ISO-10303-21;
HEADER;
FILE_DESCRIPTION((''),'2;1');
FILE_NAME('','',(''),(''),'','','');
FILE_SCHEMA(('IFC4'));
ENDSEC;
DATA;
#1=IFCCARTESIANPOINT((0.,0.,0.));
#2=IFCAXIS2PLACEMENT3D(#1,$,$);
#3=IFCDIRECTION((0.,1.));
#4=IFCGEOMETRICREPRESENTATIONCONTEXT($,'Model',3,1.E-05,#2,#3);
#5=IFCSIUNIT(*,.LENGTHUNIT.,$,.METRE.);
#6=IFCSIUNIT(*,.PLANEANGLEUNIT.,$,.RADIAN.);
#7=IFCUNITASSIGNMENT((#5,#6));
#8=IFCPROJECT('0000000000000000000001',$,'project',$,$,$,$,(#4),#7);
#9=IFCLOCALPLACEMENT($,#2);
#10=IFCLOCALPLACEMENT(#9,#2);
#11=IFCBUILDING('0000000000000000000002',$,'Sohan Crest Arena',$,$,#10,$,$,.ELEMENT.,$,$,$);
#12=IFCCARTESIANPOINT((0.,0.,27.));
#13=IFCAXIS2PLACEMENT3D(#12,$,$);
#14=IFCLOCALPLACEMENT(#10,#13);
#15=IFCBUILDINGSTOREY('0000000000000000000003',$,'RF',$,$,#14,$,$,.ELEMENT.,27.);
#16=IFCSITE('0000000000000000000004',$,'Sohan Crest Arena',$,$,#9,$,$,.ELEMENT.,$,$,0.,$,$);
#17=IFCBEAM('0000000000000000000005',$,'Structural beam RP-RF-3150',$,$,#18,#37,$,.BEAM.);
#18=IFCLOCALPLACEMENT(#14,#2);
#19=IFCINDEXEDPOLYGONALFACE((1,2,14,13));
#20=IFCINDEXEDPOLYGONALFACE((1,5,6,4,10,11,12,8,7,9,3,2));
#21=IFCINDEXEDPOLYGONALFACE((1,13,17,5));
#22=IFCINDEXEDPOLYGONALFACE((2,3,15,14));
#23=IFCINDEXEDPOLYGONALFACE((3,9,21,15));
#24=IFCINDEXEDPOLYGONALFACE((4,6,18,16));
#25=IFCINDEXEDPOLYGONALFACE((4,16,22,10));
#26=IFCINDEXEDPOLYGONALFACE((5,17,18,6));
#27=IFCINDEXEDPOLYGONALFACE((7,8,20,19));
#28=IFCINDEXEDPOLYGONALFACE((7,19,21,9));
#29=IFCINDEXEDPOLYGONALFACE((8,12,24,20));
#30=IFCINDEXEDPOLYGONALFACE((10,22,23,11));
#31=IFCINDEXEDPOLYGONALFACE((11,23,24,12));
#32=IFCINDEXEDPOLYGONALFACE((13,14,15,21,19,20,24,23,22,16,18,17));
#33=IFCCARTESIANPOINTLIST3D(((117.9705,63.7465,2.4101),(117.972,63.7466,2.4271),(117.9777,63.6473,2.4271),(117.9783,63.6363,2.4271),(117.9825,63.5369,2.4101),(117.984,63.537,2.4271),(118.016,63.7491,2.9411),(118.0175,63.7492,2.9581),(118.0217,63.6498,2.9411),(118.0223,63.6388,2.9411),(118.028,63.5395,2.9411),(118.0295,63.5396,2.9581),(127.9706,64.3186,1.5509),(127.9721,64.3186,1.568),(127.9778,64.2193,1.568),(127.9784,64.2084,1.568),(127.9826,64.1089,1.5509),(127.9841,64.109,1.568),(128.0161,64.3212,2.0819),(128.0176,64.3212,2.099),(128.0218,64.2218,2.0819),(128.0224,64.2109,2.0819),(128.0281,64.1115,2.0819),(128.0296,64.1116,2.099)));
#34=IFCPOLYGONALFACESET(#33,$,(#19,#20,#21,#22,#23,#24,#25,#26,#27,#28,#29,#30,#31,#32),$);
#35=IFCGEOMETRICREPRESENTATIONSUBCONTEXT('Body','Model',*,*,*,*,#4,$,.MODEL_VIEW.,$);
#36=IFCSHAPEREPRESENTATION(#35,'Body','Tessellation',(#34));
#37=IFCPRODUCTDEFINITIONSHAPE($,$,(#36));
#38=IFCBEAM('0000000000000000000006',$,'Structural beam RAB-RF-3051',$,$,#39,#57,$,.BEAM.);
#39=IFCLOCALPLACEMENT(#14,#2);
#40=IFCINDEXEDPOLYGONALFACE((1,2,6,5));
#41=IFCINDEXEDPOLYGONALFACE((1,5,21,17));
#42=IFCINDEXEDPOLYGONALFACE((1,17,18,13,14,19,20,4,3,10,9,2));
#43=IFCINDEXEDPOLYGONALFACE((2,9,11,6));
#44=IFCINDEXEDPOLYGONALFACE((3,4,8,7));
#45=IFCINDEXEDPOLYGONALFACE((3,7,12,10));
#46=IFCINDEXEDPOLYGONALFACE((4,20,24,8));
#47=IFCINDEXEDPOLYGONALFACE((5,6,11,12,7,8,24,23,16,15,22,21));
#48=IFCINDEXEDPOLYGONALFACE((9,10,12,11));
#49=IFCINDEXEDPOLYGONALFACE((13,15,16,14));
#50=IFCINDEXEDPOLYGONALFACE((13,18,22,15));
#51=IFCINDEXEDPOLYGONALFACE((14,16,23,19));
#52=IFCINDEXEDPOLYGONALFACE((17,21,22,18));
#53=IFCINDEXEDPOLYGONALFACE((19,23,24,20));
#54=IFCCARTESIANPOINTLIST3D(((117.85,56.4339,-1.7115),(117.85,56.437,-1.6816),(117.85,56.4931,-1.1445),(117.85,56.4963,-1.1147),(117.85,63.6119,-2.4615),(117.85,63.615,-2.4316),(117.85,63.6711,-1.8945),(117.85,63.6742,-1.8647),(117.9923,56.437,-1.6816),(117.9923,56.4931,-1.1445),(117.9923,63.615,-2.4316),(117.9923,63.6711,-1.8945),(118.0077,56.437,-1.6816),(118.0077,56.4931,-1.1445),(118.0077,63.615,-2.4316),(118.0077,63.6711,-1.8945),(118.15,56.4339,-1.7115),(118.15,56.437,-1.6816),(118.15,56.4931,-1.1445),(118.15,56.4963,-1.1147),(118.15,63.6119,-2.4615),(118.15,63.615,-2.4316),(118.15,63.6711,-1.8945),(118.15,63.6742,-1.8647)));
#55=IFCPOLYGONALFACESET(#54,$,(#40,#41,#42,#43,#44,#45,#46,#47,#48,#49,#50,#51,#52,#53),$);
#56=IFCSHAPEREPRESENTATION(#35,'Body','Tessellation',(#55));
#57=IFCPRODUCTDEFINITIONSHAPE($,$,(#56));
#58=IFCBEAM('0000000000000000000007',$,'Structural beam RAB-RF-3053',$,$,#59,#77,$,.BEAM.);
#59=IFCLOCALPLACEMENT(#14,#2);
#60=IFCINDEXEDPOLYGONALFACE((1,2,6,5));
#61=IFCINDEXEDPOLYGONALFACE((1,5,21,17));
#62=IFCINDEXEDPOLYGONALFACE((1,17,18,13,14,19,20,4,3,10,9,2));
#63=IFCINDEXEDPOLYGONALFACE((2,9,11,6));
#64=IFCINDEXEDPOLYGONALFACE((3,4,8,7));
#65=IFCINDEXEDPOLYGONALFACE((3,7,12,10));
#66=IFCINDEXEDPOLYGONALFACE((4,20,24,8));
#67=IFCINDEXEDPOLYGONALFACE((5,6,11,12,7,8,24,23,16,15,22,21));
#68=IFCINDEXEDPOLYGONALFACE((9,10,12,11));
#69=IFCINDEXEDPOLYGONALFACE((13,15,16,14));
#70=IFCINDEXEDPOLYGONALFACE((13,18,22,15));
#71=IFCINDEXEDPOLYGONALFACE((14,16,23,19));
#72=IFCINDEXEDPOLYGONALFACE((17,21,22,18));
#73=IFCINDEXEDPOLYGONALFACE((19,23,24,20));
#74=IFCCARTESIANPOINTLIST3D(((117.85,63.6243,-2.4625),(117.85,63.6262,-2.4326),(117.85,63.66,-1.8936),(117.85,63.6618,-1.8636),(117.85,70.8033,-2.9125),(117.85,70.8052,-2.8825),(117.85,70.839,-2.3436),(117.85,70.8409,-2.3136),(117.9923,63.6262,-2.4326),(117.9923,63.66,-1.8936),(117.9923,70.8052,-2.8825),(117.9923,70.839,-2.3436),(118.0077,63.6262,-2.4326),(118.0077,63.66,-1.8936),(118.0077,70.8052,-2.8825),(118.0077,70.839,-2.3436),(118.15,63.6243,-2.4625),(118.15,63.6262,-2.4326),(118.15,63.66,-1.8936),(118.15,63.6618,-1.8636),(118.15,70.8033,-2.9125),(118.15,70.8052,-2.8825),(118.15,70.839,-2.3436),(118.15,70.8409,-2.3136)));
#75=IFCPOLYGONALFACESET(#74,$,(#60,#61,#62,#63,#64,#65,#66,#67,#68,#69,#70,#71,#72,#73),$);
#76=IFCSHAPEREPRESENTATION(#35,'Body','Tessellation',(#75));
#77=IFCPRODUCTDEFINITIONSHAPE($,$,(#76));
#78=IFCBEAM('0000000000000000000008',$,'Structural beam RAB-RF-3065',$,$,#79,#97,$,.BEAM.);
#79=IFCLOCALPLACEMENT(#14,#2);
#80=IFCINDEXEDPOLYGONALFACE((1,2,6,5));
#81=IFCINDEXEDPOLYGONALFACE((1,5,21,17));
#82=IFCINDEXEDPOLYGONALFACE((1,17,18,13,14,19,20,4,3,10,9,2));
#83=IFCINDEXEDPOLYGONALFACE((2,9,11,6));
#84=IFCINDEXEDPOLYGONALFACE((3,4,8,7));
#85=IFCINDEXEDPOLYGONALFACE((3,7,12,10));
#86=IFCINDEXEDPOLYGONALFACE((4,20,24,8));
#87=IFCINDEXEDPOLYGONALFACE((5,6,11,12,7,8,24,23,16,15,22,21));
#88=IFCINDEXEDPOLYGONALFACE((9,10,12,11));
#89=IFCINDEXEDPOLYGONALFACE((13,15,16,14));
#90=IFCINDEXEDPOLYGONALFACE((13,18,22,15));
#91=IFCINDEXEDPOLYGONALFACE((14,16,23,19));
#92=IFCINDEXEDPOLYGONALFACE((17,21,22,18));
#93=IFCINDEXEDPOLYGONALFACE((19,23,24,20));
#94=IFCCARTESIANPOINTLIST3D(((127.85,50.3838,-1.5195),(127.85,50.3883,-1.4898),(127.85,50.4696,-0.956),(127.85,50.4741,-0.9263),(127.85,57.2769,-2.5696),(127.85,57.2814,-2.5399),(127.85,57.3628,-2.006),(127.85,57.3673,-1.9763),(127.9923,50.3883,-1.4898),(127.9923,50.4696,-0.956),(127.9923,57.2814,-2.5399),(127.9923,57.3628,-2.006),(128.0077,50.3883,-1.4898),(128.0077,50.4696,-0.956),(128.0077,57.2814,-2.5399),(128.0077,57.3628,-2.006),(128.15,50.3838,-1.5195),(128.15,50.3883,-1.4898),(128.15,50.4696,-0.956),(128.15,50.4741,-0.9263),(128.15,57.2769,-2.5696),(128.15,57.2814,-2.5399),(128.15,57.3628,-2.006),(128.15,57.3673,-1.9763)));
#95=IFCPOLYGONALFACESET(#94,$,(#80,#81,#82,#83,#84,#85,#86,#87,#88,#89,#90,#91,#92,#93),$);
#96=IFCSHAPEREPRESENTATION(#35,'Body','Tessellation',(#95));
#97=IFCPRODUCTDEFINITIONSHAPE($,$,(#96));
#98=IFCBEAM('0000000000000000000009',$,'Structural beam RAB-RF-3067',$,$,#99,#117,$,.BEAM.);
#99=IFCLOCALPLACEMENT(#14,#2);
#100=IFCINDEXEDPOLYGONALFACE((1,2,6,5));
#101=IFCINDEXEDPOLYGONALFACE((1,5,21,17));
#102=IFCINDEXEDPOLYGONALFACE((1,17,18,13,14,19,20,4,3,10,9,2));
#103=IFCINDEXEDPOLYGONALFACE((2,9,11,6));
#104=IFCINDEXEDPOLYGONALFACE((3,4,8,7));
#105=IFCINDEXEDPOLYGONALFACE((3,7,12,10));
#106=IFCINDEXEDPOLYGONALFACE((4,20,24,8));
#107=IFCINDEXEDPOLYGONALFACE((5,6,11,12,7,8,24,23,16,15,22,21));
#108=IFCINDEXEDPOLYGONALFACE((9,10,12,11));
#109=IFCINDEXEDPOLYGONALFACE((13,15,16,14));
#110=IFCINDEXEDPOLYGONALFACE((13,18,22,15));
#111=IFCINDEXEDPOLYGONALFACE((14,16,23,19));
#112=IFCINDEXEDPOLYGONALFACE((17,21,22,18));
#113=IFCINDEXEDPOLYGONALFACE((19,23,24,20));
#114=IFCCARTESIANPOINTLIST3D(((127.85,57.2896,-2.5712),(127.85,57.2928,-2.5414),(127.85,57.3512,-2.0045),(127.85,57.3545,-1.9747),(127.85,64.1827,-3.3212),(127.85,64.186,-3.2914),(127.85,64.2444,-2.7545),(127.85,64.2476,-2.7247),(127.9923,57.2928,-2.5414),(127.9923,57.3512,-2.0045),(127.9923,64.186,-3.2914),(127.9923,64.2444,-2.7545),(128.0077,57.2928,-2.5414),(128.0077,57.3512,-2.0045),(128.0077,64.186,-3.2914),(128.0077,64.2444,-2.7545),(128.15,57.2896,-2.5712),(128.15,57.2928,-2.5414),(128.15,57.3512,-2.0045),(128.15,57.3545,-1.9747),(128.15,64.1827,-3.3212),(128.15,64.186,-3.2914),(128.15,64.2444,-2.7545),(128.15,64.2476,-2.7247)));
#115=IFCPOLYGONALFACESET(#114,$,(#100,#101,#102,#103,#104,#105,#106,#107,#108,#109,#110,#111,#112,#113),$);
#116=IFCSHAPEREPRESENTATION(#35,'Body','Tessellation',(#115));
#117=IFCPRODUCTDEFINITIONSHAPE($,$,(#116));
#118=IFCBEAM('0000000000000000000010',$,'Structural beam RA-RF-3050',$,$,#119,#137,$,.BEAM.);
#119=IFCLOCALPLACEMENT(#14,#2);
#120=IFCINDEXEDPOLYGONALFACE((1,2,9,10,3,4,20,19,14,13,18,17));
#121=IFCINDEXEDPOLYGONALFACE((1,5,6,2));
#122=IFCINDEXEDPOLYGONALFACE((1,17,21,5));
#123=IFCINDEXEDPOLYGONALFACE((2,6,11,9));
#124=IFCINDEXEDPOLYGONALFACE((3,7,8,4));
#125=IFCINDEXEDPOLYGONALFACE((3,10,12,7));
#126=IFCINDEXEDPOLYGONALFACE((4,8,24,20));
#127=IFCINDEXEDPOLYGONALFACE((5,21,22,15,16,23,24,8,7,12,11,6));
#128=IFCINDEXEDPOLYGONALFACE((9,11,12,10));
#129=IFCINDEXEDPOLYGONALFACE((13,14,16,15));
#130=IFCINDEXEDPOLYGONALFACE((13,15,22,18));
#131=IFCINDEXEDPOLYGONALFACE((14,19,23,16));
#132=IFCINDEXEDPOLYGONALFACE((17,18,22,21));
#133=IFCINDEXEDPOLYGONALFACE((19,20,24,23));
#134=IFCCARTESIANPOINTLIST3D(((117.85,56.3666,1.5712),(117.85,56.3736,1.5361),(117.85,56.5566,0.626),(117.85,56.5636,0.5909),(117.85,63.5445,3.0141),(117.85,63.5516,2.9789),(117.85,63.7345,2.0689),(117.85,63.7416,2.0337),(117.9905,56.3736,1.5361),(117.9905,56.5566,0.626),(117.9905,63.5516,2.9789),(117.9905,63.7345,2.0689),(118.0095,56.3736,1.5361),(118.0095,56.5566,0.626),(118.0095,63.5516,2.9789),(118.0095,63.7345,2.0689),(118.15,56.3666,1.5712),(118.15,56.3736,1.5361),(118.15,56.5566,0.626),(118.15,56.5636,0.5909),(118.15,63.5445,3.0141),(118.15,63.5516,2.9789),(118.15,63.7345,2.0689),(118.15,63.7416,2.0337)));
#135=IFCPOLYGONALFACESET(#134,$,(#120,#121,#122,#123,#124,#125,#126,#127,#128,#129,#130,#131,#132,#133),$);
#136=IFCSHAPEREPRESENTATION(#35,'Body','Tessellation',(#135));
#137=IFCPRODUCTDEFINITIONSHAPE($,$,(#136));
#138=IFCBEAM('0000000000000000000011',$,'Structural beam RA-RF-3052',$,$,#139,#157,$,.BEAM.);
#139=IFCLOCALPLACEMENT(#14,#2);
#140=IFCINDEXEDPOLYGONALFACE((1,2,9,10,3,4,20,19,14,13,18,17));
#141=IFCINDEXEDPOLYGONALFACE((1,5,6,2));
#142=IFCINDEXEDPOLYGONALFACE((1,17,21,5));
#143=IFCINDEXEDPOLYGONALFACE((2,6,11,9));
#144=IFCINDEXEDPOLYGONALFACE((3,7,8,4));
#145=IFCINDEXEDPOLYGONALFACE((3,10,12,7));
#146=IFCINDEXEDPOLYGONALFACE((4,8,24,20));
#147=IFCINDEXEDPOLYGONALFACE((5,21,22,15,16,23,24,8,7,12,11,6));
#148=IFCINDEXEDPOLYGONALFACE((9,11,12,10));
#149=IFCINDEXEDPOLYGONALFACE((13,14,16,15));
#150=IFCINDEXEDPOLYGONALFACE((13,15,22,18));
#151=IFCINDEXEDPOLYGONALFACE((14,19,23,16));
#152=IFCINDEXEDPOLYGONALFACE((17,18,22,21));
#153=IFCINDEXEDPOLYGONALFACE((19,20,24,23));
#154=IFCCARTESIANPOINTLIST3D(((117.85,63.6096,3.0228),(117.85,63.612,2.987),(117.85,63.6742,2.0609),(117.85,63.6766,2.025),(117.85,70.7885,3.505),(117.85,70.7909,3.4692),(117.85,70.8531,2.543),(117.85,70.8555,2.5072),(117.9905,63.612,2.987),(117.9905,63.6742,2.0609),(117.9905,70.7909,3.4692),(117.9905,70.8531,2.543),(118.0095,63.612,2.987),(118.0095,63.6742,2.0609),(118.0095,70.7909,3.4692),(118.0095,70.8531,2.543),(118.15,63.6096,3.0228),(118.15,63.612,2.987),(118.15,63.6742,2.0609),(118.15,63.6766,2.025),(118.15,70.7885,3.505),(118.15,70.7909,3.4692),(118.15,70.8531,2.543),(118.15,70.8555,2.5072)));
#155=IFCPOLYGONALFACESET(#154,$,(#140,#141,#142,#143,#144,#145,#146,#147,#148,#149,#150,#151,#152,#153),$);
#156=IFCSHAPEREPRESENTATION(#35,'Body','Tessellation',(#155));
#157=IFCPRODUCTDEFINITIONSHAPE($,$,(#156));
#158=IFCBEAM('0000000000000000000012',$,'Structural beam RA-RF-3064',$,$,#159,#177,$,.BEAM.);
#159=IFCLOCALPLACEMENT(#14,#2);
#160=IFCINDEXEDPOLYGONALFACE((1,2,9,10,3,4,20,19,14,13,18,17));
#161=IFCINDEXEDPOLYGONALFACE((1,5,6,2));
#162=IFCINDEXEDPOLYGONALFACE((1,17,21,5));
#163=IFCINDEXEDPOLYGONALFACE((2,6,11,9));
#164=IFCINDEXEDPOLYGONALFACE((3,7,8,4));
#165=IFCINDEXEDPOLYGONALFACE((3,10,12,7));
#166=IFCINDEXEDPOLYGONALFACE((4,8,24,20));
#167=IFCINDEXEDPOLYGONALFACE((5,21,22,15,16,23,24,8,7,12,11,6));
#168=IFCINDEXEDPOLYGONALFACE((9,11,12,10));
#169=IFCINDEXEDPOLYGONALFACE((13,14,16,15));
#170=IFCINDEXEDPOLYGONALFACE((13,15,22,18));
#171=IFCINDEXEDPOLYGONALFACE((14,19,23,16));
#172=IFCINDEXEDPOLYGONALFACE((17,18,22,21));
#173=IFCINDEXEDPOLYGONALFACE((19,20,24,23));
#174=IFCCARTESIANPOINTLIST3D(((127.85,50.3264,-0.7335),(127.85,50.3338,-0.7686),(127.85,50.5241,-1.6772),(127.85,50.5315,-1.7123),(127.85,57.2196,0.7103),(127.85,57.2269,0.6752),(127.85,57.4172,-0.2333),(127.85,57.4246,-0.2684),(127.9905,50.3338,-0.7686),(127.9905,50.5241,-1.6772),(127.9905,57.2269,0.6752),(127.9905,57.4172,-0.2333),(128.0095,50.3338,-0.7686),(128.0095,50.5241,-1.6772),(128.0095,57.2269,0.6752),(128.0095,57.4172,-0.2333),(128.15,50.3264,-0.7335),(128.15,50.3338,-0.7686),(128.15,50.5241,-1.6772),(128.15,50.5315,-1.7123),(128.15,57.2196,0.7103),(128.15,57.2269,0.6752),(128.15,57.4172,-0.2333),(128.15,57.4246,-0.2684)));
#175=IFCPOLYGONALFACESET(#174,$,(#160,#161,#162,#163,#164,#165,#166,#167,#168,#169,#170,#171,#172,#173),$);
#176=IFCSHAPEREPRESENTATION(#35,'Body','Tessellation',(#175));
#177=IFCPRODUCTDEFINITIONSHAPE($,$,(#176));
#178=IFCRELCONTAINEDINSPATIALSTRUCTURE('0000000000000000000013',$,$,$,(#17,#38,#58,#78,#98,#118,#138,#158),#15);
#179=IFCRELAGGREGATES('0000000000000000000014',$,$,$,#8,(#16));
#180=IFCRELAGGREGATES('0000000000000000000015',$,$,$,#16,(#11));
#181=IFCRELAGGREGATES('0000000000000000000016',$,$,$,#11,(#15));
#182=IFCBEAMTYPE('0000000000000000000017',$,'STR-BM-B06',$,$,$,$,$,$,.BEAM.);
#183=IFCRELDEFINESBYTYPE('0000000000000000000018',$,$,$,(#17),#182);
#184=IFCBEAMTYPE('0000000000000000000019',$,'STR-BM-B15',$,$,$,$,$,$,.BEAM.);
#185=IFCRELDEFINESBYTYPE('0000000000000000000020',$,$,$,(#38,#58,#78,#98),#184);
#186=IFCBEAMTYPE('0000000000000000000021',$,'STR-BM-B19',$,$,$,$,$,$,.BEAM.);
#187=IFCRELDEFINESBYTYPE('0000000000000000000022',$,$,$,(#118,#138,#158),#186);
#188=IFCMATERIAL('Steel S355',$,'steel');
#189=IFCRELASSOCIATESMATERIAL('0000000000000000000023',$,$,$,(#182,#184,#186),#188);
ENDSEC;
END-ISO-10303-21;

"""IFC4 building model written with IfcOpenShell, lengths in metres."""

from ifc_helpers import new_model, si_unit, direction, frame, origin, origin_2d, place, context, subcontext, project, spatial, i_section, extrude, material, material_profile, profile_set, type_object, element, save


model = new_model("IFC4")

# Units and contexts
model_context = context("Model", 3, precision=1e-05, world=origin(), true_north=direction((0.0, 1.0)))
body_context = subcontext(model_context, "Body", "Model", "MODEL_VIEW")
ifc_project = project(units=[si_unit("LENGTHUNIT", "METRE"), si_unit("PLANEANGLEUNIT", "RADIAN")], contexts=[model_context])

# Site, building, storey
site_placement = place(None, origin())
site = spatial("IfcSite", under=ifc_project, at=site_placement, Name="Sohan Crest Arena", CompositionType="ELEMENT", RefElevation=0.0)
building_placement = place(site_placement, origin())
building = spatial("IfcBuilding", under=site, at=building_placement, Name="Sohan Crest Arena", CompositionType="ELEMENT")
storey_placement = place(building_placement, frame((0.0, 0.0, 27.0)))
storey = spatial("IfcBuildingStorey", under=building, at=storey_placement, Name="RF", CompositionType="ELEMENT", Elevation=27.0)

# Beams
ifc_material_1 = material(Name="Steel S355", Category="steel")
ifc_material_profile_1 = material_profile(ifc_material_1, i_section(OverallWidth=0.21, OverallDepth=0.55, WebThickness=0.011, FlangeThickness=0.0171, at=origin_2d()), Name="IPE 550")
ifc_profile_set_1 = profile_set([ifc_material_profile_1], Name="Steel S355")
beam_type_1 = type_object("IfcBeamType", Name="STR-BM-B06", PredefinedType="BEAM", material=ifc_profile_set_1)
beam_1_placement = place(storey_placement, frame((118.0, 63.6431, 2.6841), z_axis=(0.994716, 0.0569, -0.085459), x_axis=(-0.057109, 0.998368, 0.0)))
element("IfcBeam", 1, at=beam_1_placement, inside=storey, type_object=beam_type_1, Name="Structural beam RP-RF-3150", PredefinedType="BEAM", context=body_context, shape_type="SweptSolid", body=[
    extrude(i_section(OverallWidth=0.21, OverallDepth=0.55, WebThickness=0.011, FlangeThickness=0.0171, at=origin_2d()), origin(), (0.0, 0.0, 1.0), 10.0532),
])
ifc_material_profile_2 = material_profile(ifc_material_1, i_section(OverallWidth=0.3, OverallDepth=0.6001, WebThickness=0.0154, FlangeThickness=0.03, at=origin_2d()), Name="HEB 600")
ifc_profile_set_2 = profile_set([ifc_material_profile_2], Name="Steel S355")
beam_type_2 = type_object("IfcBeamType", Name="STR-BM-B15", PredefinedType="BEAM", material=ifc_profile_set_2)
beam_2_placement = place(storey_placement, frame((118.0, 56.4651, -1.4131), z_axis=(0.0, 0.994586, -0.103921), x_axis=(-1.0, 0.0, 0.0)))
element("IfcBeam", 2, at=beam_2_placement, inside=storey, type_object=beam_type_2, Name="Structural beam RAB-RF-3051", PredefinedType="BEAM", context=body_context, shape_type="SweptSolid", body=[
    extrude(i_section(OverallWidth=0.3, OverallDepth=0.6001, WebThickness=0.0154, FlangeThickness=0.03, at=origin_2d()), origin(), (0.0, 0.0, 1.0), 7.217),
])
beam_3_placement = place(storey_placement, frame((118.0, 63.6431, -2.1631), z_axis=(0.0, 0.998042, -0.062554), x_axis=(-1.0, 0.0, 0.0)))
element("IfcBeam", 3, at=beam_3_placement, inside=storey, type_object=beam_type_2, Name="Structural beam RAB-RF-3053", PredefinedType="BEAM", context=body_context, shape_type="SweptSolid", body=[
    extrude(i_section(OverallWidth=0.3, OverallDepth=0.6001, WebThickness=0.0154, FlangeThickness=0.03, at=origin_2d()), origin(), (0.0, 0.0, 1.0), 7.1931),
])
beam_4_placement = place(storey_placement, frame((128.0, 50.429, -1.2229), z_axis=(0.0, 0.988595, -0.150597), x_axis=(-1.0, 0.0, 0.0)))
element("IfcBeam", 4, at=beam_4_placement, inside=storey, type_object=beam_type_2, Name="Structural beam RAB-RF-3065", PredefinedType="BEAM", context=body_context, shape_type="SweptSolid", body=[
    extrude(i_section(OverallWidth=0.3, OverallDepth=0.6001, WebThickness=0.0154, FlangeThickness=0.03, at=origin_2d()), origin(), (0.0, 0.0, 1.0), 6.9727),
])
beam_5_placement = place(storey_placement, frame((128.0, 57.322, -2.2729), z_axis=(0.0, 0.994133, -0.108167), x_axis=(-1.0, 0.0, 0.0)))
element("IfcBeam", 5, at=beam_5_placement, inside=storey, type_object=beam_type_2, Name="Structural beam RAB-RF-3067", PredefinedType="BEAM", context=body_context, shape_type="SweptSolid", body=[
    extrude(i_section(OverallWidth=0.3, OverallDepth=0.6001, WebThickness=0.0154, FlangeThickness=0.03, at=origin_2d()), origin(), (0.0, 0.0, 1.0), 6.9338),
])
ifc_material_profile_3 = material_profile(ifc_material_1, i_section(OverallWidth=0.3, OverallDepth=1.0, WebThickness=0.019, FlangeThickness=0.0359, at=origin_2d()), Name="HEB 1000")
ifc_profile_set_3 = profile_set([ifc_material_profile_3], Name="Steel S355")
beam_type_3 = type_object("IfcBeamType", Name="STR-BM-B19", PredefinedType="BEAM", material=ifc_profile_set_3)
beam_6_placement = place(storey_placement, frame((118.0, 56.4651, 1.0811), z_axis=(0.0, 0.980389, 0.197072), x_axis=(-1.0, 0.0, 0.0)))
element("IfcBeam", 6, at=beam_6_placement, inside=storey, type_object=beam_type_3, Name="Structural beam RA-RF-3050", PredefinedType="BEAM", context=body_context, shape_type="SweptSolid", body=[
    extrude(i_section(OverallWidth=0.3, OverallDepth=1.0, WebThickness=0.019, FlangeThickness=0.0359, at=origin_2d()), origin(), (0.0, 0.0, 1.0), 7.3215),
])
beam_7_placement = place(storey_placement, frame((118.0, 63.6431, 2.5239), z_axis=(0.0, 0.997752, 0.067014), x_axis=(-1.0, 0.0, 0.0)))
element("IfcBeam", 7, at=beam_7_placement, inside=storey, type_object=beam_type_3, Name="Structural beam RA-RF-3052", PredefinedType="BEAM", context=body_context, shape_type="SweptSolid", body=[
    extrude(i_section(OverallWidth=0.3, OverallDepth=1.0, WebThickness=0.019, FlangeThickness=0.0359, at=origin_2d()), origin(), (0.0, 0.0, 1.0), 7.1951),
])
for number, where, z_axis, x_axis, name in (
    (8, (128.0, 50.429, -1.2229), (0.0, 0.978759, 0.205015), (-1.0, 0.0, 0.0), "Structural beam RA-RF-3064"),
):
    element("IfcBeam", number, at=place(storey_placement, frame(where, z_axis=z_axis, x_axis=x_axis)), inside=storey, type_object=beam_type_3, Name=name, PredefinedType="BEAM", context=body_context, shape_type="SweptSolid", body=[
        extrude(i_section(OverallWidth=0.3, OverallDepth=1.0, WebThickness=0.019, FlangeThickness=0.0359, at=origin_2d()), origin(), (0.0, 0.0, 1.0), 7.0427),
    ])

save(model, "model.ifc")
